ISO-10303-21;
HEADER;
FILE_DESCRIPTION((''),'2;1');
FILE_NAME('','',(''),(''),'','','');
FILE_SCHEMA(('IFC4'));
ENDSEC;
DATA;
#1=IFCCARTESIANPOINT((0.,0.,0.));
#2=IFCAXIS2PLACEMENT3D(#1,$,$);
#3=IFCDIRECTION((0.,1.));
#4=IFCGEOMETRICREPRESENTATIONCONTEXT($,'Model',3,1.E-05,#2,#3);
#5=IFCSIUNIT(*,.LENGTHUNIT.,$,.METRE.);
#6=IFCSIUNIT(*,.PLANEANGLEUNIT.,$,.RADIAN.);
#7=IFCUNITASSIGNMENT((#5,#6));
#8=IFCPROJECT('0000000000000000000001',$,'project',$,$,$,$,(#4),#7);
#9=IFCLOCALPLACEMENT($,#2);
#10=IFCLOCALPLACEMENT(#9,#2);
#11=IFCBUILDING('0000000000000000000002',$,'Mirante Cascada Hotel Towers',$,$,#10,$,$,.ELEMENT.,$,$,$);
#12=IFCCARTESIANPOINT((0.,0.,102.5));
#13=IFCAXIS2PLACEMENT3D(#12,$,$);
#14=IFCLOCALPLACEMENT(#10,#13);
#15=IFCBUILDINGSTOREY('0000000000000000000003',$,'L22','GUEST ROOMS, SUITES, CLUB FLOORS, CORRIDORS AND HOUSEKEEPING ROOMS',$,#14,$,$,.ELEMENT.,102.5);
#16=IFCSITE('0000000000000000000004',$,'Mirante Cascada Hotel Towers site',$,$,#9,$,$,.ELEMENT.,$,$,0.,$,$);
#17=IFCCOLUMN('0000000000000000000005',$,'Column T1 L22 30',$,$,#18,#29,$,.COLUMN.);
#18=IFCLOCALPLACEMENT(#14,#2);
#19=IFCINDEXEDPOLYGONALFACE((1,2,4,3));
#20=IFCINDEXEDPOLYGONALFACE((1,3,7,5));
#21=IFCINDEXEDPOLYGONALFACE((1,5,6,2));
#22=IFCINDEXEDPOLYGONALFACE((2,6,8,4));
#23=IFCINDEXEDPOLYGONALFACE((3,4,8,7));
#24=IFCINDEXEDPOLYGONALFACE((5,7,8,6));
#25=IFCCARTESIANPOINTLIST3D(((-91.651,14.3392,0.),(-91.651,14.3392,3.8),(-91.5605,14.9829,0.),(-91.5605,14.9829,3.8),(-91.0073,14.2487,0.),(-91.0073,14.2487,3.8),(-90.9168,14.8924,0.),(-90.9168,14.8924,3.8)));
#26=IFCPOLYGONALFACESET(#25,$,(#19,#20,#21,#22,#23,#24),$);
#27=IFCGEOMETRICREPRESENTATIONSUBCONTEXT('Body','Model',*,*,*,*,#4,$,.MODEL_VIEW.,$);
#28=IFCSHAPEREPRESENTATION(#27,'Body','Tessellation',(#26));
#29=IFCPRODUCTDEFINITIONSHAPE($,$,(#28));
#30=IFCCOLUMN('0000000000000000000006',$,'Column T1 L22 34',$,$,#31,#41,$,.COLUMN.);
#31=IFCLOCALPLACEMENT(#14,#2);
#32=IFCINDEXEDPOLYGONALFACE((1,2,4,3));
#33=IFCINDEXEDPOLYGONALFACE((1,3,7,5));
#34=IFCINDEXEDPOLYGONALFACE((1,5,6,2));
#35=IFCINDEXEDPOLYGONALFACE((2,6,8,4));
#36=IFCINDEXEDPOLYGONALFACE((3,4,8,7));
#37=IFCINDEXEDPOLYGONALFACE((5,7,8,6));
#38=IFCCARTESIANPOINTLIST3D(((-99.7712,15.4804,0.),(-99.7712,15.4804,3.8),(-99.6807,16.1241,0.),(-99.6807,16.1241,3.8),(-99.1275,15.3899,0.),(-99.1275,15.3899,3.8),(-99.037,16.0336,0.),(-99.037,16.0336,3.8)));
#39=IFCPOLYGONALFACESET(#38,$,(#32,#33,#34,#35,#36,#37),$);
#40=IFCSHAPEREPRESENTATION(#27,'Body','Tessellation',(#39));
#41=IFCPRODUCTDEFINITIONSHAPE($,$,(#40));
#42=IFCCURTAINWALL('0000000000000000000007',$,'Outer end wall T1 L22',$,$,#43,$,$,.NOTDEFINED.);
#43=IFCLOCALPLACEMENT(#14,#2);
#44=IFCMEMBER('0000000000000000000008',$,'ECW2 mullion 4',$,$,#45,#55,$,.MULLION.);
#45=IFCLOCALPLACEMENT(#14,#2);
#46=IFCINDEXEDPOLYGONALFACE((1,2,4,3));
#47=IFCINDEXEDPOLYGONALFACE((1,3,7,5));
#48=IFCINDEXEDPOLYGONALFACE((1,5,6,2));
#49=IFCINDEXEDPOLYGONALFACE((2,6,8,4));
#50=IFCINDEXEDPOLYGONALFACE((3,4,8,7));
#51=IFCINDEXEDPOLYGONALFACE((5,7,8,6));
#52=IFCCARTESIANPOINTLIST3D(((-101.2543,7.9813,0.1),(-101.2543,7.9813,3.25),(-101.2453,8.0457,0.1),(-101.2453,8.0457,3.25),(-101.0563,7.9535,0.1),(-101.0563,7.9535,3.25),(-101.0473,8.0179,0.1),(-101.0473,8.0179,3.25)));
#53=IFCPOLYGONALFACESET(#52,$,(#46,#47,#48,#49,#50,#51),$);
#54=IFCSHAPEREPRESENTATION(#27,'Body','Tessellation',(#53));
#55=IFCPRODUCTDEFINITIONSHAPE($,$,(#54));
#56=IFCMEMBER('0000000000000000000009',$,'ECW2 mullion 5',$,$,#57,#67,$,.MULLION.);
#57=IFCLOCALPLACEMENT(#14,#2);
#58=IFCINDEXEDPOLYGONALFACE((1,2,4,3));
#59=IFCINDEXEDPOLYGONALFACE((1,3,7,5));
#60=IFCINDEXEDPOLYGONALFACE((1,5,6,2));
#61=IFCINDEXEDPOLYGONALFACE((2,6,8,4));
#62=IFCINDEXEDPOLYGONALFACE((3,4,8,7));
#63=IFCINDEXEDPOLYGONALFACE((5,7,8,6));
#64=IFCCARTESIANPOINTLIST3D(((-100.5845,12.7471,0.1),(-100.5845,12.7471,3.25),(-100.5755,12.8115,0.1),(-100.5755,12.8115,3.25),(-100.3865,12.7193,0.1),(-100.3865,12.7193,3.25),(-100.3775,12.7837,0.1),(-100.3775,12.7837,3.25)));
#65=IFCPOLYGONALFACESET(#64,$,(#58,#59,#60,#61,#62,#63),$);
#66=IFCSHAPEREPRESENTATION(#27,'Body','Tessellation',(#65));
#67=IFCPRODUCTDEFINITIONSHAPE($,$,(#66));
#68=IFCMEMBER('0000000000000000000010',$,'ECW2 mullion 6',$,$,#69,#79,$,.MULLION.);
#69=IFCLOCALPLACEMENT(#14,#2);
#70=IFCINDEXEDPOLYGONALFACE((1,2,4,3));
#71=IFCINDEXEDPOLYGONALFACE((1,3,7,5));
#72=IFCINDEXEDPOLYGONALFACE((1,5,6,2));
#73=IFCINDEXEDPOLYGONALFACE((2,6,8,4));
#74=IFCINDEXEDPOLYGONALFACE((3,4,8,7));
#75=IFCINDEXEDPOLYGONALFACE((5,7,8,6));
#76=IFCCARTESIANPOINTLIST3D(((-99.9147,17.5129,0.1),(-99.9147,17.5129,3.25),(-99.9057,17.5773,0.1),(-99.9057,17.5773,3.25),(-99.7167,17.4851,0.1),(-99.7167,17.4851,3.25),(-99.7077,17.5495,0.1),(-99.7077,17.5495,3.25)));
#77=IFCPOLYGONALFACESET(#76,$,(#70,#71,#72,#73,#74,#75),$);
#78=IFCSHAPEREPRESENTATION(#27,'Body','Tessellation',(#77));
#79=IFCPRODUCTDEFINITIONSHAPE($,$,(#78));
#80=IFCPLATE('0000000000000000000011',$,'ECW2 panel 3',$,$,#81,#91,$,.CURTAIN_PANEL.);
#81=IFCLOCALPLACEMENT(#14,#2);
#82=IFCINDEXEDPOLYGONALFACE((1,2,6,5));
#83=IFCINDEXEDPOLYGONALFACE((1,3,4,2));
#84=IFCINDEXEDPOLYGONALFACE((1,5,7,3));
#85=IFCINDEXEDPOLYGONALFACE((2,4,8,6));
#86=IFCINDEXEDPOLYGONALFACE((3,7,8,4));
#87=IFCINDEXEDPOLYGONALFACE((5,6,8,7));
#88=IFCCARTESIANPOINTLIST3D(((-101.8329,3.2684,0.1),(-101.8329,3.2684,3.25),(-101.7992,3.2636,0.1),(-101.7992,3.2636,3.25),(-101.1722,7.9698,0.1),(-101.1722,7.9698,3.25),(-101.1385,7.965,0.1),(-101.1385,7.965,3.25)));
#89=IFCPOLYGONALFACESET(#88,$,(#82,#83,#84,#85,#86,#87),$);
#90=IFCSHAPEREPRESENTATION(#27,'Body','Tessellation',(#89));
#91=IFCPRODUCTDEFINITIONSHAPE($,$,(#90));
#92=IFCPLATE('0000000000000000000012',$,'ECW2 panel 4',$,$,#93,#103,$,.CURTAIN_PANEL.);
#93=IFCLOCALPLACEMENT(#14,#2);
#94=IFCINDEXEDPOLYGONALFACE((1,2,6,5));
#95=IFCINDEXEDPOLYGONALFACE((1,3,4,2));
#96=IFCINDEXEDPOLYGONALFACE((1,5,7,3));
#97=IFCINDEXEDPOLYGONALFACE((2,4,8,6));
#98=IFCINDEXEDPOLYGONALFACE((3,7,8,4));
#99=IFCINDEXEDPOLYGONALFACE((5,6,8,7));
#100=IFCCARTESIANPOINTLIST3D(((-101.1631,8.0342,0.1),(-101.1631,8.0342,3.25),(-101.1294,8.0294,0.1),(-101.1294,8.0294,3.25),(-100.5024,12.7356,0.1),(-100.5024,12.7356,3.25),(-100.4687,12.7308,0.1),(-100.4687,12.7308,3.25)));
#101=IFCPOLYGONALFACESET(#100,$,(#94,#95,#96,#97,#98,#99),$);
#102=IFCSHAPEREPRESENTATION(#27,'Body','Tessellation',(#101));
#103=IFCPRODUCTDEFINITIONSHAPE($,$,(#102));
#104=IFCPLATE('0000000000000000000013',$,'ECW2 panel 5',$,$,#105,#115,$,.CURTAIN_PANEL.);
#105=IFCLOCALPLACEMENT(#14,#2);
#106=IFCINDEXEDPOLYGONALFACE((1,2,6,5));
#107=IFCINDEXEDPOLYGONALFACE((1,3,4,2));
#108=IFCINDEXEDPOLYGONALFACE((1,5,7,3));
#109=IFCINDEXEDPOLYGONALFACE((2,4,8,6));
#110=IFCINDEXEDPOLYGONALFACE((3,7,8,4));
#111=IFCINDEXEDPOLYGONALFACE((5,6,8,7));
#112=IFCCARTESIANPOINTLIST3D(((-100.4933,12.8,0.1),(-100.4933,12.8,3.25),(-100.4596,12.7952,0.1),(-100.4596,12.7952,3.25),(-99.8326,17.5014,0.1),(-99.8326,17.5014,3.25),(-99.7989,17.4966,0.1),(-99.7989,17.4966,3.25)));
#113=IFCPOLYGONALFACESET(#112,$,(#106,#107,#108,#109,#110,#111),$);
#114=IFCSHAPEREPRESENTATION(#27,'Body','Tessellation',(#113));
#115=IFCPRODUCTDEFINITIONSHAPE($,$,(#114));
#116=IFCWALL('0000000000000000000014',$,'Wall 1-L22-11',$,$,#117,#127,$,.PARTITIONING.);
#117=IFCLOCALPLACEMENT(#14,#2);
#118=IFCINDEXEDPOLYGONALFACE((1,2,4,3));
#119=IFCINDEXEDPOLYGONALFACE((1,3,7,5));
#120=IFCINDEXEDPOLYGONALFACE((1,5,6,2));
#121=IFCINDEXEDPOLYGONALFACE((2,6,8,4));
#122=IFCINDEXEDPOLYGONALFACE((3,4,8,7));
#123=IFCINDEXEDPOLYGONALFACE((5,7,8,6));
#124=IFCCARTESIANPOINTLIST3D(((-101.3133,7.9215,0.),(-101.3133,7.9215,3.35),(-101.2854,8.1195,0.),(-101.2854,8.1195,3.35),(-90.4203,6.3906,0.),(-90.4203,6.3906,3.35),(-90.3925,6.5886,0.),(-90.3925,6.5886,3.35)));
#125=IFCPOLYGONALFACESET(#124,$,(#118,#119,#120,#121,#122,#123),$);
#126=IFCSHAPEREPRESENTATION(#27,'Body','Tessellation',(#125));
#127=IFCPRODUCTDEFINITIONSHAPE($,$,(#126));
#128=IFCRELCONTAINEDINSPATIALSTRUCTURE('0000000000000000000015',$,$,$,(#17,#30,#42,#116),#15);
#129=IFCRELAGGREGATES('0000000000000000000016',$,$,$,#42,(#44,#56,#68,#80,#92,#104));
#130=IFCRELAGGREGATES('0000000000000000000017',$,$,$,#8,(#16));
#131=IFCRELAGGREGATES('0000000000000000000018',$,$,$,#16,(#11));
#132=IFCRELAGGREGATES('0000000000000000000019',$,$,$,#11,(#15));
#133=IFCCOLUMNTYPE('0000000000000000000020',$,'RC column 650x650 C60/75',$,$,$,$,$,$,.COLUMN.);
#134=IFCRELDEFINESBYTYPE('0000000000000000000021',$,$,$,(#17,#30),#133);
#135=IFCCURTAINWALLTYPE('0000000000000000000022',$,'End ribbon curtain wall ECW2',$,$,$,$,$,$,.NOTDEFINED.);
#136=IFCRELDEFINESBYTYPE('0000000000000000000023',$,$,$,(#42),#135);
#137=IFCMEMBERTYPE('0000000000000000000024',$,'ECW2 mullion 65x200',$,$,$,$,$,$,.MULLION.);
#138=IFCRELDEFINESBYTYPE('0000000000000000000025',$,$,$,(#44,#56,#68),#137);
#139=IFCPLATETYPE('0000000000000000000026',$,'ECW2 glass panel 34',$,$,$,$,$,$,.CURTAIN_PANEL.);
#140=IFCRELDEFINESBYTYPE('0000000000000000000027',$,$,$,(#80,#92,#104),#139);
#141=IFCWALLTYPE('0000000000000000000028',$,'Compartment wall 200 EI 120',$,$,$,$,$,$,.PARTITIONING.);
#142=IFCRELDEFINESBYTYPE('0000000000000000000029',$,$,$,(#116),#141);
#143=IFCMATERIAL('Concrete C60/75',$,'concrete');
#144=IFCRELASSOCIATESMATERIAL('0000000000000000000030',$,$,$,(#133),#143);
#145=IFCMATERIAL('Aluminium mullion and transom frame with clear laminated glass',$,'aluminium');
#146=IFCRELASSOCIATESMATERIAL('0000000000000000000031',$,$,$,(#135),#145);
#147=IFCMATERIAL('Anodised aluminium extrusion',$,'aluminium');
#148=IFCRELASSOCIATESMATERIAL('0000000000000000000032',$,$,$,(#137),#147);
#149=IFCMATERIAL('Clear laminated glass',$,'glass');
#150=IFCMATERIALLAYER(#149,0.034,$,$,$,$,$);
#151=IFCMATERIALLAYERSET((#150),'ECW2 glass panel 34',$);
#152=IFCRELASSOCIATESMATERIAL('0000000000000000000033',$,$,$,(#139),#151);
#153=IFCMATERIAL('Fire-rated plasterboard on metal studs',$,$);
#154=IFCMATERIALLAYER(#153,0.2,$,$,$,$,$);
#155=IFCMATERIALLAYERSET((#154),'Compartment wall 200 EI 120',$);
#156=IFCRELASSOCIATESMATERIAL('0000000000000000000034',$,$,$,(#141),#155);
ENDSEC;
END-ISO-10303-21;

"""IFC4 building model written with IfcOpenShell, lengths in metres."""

from ifc_helpers import new_model, si_unit, direction, frame, frame_2d, origin, origin_2d, place, context, subcontext, project, spatial, rectangle, extrude, material, layer, layer_set, material_profile, profile_set, type_object, element, aggregate, save


model = new_model("IFC4")

# Units and contexts
model_context = context("Model", 3, precision=1e-05, world=origin(), true_north=direction((0.0, 1.0)))
body_context = subcontext(model_context, "Body", "Model", "MODEL_VIEW")
ifc_project = project(units=[si_unit("LENGTHUNIT", "METRE"), si_unit("PLANEANGLEUNIT", "RADIAN")], contexts=[model_context])

# Site, building, storey
site_placement = place(None, origin())
site = spatial("IfcSite", under=ifc_project, at=site_placement, Name="Mirante Cascada Hotel Towers site", CompositionType="ELEMENT", RefElevation=0.0)
building_placement = place(site_placement, origin())
building = spatial("IfcBuilding", under=site, at=building_placement, Name="Mirante Cascada Hotel Towers", CompositionType="ELEMENT")
storey_placement = place(building_placement, frame((0.0, 0.0, 102.5)))
storey = spatial("IfcBuildingStorey", under=building, at=storey_placement, Name="L22", Description="GUEST ROOMS, SUITES, CLUB FLOORS, CORRIDORS AND HOUSEKEEPING ROOMS", CompositionType="ELEMENT", Elevation=102.5)

# Columns
ifc_material_1 = material(Name="Concrete C60/75", Category="concrete")
ifc_material_profile_1 = material_profile(ifc_material_1, rectangle(XDim=0.65, YDim=0.65, at=origin_2d()), Name="RC column 650x650 C60/75")
ifc_profile_set_1 = profile_set([ifc_material_profile_1], Name="Concrete C60/75")
column_type = type_object("IfcColumnType", Name="RC column 650x650 C60/75", PredefinedType="COLUMN", material=ifc_profile_set_1)
for number, where, z_axis, x_axis, name in (
    (1, (-91.2839, 14.6158, 0.0), (0.0, 0.0, 1.0), (-0.990268, 0.139173, 0.0), "Column T1 L22 30"),
    (2, (-99.4041, 15.757, 0.0), (0.0, 0.0, 1.0), (-0.990268, 0.139173, 0.0), "Column T1 L22 34"),
):
    element("IfcColumn", number, at=place(storey_placement, frame(where, z_axis=z_axis, x_axis=x_axis)), inside=storey, type_object=column_type, Name=name, PredefinedType="COLUMN", context=body_context, shape_type="SweptSolid", body=[
        extrude(rectangle(XDim=0.65, YDim=0.65, at=origin_2d()), origin(), (0.0, 0.0, 1.0), 3.8),
    ])

# Curtain wall, members, plates
ifc_material_2 = material(Name="Aluminium mullion and transom frame with clear laminated glass", Category="aluminium")
curtain_wall_type = type_object("IfcCurtainWallType", Name="End ribbon curtain wall ECW2", PredefinedType="NOTDEFINED", material=ifc_material_2)
curtain_wall_placement = place(storey_placement, origin())
curtain_wall = element("IfcCurtainWall", 3, at=curtain_wall_placement, inside=storey, type_object=curtain_wall_type, Name="Outer end wall T1 L22", PredefinedType="NOTDEFINED")
ifc_material_3 = material(Name="Anodised aluminium extrusion", Category="aluminium")
ifc_material_profile_2 = material_profile(ifc_material_3, rectangle(XDim=0.2, YDim=0.065, at=origin_2d()), Name="ECW2 MULLION 65x200")
ifc_profile_set_2 = profile_set([ifc_material_profile_2], Name="Anodised aluminium extrusion")
member_type = type_object("IfcMemberType", Name="ECW2 mullion 65x200", PredefinedType="MULLION", material=ifc_profile_set_2)
member_1_placement = place(storey_placement, frame((-101.1508, 7.9996, 0.1), z_axis=(0.0, 0.0, 1.0), x_axis=(-0.990268, 0.139173, 0.0)))
member_1 = element("IfcMember", 4, at=member_1_placement, type_object=member_type, Name="ECW2 mullion 4", PredefinedType="MULLION", context=body_context, shape_type="SweptSolid", body=[
    extrude(rectangle(XDim=0.2, YDim=0.065, at=origin_2d()), origin(), (0.0, 0.0, 1.0), 3.15),
])
member_2_placement = place(storey_placement, frame((-100.481, 12.7654, 0.1), z_axis=(0.0, 0.0, 1.0), x_axis=(-0.990268, 0.139173, 0.0)))
member_2 = element("IfcMember", 5, at=member_2_placement, type_object=member_type, Name="ECW2 mullion 5", PredefinedType="MULLION", context=body_context, shape_type="SweptSolid", body=[
    extrude(rectangle(XDim=0.2, YDim=0.065, at=origin_2d()), origin(), (0.0, 0.0, 1.0), 3.15),
])
member_3_placement = place(storey_placement, frame((-99.8112, 17.5312, 0.1), z_axis=(0.0, 0.0, 1.0), x_axis=(-0.990268, 0.139173, 0.0)))
member_3 = element("IfcMember", 6, at=member_3_placement, type_object=member_type, Name="ECW2 mullion 6", PredefinedType="MULLION", context=body_context, shape_type="SweptSolid", body=[
    extrude(rectangle(XDim=0.2, YDim=0.065, at=origin_2d()), origin(), (0.0, 0.0, 1.0), 3.15),
])
ifc_material_4 = material(Name="Clear laminated glass", Category="glass")
ifc_layer_1 = layer(ifc_material_4, 0.034)
ifc_layer_set_1 = layer_set([ifc_layer_1], Name="ECW2 glass panel 34")
plate_type = type_object("IfcPlateType", Name="ECW2 glass panel 34", PredefinedType="CURTAIN_PANEL", material=ifc_layer_set_1)
plate_1_placement = place(storey_placement, frame((-101.4857, 5.6167, 0.1), z_axis=(0.0, 0.0, 1.0), x_axis=(0.139173, 0.990268, 0.0)))
plate_1 = element("IfcPlate", 7, at=plate_1_placement, type_object=plate_type, Name="ECW2 panel 3", PredefinedType="CURTAIN_PANEL", context=body_context, shape_type="SweptSolid", body=[
    extrude(rectangle(XDim=4.7476, YDim=0.034, at=origin_2d()), origin(), (0.0, 0.0, 1.0), 3.15),
])
plate_2_placement = place(storey_placement, frame((-100.8159, 10.3825, 0.1), z_axis=(0.0, 0.0, 1.0), x_axis=(0.139173, 0.990268, 0.0)))
plate_2 = element("IfcPlate", 8, at=plate_2_placement, type_object=plate_type, Name="ECW2 panel 4", PredefinedType="CURTAIN_PANEL", context=body_context, shape_type="SweptSolid", body=[
    extrude(rectangle(XDim=4.7476, YDim=0.034, at=origin_2d()), origin(), (0.0, 0.0, 1.0), 3.15),
])
plate_3_placement = place(storey_placement, frame((-100.1461, 15.1483, 0.1), z_axis=(0.0, 0.0, 1.0), x_axis=(0.139173, 0.990268, 0.0)))
plate_3 = element("IfcPlate", 9, at=plate_3_placement, type_object=plate_type, Name="ECW2 panel 5", PredefinedType="CURTAIN_PANEL", context=body_context, shape_type="SweptSolid", body=[
    extrude(rectangle(XDim=4.7476, YDim=0.034, at=origin_2d()), origin(), (0.0, 0.0, 1.0), 3.15),
])
aggregate(curtain_wall, [member_1, member_2, member_3, plate_1, plate_2, plate_3])

# Wall
ifc_material_5 = material(Name="Fire-rated plasterboard on metal studs")
ifc_layer_2 = layer(ifc_material_5, 0.2)
ifc_layer_set_2 = layer_set([ifc_layer_2], Name="Compartment wall 200 EI 120")
wall_type_1 = type_object("IfcWallType", Name="Compartment wall 200 EI 120", PredefinedType="PARTITIONING", material=ifc_layer_set_2)
wall_1_placement = place(storey_placement, frame((-90.4064, 6.4896, 0.0), z_axis=(0.0, 0.0, 1.0), x_axis=(-0.990268, 0.139173, 0.0)))
element("IfcWall", 10, at=wall_1_placement, inside=storey, type_object=wall_type_1, Name="Wall 1-L22-11", PredefinedType="PARTITIONING", context=body_context, shape_type="SweptSolid", body=[
    extrude(rectangle(XDim=11.0, YDim=0.2, at=frame_2d((5.5, 0.0))), origin(), (0.0, 0.0, 1.0), 3.35),
])

save(model, "model.ifc")
